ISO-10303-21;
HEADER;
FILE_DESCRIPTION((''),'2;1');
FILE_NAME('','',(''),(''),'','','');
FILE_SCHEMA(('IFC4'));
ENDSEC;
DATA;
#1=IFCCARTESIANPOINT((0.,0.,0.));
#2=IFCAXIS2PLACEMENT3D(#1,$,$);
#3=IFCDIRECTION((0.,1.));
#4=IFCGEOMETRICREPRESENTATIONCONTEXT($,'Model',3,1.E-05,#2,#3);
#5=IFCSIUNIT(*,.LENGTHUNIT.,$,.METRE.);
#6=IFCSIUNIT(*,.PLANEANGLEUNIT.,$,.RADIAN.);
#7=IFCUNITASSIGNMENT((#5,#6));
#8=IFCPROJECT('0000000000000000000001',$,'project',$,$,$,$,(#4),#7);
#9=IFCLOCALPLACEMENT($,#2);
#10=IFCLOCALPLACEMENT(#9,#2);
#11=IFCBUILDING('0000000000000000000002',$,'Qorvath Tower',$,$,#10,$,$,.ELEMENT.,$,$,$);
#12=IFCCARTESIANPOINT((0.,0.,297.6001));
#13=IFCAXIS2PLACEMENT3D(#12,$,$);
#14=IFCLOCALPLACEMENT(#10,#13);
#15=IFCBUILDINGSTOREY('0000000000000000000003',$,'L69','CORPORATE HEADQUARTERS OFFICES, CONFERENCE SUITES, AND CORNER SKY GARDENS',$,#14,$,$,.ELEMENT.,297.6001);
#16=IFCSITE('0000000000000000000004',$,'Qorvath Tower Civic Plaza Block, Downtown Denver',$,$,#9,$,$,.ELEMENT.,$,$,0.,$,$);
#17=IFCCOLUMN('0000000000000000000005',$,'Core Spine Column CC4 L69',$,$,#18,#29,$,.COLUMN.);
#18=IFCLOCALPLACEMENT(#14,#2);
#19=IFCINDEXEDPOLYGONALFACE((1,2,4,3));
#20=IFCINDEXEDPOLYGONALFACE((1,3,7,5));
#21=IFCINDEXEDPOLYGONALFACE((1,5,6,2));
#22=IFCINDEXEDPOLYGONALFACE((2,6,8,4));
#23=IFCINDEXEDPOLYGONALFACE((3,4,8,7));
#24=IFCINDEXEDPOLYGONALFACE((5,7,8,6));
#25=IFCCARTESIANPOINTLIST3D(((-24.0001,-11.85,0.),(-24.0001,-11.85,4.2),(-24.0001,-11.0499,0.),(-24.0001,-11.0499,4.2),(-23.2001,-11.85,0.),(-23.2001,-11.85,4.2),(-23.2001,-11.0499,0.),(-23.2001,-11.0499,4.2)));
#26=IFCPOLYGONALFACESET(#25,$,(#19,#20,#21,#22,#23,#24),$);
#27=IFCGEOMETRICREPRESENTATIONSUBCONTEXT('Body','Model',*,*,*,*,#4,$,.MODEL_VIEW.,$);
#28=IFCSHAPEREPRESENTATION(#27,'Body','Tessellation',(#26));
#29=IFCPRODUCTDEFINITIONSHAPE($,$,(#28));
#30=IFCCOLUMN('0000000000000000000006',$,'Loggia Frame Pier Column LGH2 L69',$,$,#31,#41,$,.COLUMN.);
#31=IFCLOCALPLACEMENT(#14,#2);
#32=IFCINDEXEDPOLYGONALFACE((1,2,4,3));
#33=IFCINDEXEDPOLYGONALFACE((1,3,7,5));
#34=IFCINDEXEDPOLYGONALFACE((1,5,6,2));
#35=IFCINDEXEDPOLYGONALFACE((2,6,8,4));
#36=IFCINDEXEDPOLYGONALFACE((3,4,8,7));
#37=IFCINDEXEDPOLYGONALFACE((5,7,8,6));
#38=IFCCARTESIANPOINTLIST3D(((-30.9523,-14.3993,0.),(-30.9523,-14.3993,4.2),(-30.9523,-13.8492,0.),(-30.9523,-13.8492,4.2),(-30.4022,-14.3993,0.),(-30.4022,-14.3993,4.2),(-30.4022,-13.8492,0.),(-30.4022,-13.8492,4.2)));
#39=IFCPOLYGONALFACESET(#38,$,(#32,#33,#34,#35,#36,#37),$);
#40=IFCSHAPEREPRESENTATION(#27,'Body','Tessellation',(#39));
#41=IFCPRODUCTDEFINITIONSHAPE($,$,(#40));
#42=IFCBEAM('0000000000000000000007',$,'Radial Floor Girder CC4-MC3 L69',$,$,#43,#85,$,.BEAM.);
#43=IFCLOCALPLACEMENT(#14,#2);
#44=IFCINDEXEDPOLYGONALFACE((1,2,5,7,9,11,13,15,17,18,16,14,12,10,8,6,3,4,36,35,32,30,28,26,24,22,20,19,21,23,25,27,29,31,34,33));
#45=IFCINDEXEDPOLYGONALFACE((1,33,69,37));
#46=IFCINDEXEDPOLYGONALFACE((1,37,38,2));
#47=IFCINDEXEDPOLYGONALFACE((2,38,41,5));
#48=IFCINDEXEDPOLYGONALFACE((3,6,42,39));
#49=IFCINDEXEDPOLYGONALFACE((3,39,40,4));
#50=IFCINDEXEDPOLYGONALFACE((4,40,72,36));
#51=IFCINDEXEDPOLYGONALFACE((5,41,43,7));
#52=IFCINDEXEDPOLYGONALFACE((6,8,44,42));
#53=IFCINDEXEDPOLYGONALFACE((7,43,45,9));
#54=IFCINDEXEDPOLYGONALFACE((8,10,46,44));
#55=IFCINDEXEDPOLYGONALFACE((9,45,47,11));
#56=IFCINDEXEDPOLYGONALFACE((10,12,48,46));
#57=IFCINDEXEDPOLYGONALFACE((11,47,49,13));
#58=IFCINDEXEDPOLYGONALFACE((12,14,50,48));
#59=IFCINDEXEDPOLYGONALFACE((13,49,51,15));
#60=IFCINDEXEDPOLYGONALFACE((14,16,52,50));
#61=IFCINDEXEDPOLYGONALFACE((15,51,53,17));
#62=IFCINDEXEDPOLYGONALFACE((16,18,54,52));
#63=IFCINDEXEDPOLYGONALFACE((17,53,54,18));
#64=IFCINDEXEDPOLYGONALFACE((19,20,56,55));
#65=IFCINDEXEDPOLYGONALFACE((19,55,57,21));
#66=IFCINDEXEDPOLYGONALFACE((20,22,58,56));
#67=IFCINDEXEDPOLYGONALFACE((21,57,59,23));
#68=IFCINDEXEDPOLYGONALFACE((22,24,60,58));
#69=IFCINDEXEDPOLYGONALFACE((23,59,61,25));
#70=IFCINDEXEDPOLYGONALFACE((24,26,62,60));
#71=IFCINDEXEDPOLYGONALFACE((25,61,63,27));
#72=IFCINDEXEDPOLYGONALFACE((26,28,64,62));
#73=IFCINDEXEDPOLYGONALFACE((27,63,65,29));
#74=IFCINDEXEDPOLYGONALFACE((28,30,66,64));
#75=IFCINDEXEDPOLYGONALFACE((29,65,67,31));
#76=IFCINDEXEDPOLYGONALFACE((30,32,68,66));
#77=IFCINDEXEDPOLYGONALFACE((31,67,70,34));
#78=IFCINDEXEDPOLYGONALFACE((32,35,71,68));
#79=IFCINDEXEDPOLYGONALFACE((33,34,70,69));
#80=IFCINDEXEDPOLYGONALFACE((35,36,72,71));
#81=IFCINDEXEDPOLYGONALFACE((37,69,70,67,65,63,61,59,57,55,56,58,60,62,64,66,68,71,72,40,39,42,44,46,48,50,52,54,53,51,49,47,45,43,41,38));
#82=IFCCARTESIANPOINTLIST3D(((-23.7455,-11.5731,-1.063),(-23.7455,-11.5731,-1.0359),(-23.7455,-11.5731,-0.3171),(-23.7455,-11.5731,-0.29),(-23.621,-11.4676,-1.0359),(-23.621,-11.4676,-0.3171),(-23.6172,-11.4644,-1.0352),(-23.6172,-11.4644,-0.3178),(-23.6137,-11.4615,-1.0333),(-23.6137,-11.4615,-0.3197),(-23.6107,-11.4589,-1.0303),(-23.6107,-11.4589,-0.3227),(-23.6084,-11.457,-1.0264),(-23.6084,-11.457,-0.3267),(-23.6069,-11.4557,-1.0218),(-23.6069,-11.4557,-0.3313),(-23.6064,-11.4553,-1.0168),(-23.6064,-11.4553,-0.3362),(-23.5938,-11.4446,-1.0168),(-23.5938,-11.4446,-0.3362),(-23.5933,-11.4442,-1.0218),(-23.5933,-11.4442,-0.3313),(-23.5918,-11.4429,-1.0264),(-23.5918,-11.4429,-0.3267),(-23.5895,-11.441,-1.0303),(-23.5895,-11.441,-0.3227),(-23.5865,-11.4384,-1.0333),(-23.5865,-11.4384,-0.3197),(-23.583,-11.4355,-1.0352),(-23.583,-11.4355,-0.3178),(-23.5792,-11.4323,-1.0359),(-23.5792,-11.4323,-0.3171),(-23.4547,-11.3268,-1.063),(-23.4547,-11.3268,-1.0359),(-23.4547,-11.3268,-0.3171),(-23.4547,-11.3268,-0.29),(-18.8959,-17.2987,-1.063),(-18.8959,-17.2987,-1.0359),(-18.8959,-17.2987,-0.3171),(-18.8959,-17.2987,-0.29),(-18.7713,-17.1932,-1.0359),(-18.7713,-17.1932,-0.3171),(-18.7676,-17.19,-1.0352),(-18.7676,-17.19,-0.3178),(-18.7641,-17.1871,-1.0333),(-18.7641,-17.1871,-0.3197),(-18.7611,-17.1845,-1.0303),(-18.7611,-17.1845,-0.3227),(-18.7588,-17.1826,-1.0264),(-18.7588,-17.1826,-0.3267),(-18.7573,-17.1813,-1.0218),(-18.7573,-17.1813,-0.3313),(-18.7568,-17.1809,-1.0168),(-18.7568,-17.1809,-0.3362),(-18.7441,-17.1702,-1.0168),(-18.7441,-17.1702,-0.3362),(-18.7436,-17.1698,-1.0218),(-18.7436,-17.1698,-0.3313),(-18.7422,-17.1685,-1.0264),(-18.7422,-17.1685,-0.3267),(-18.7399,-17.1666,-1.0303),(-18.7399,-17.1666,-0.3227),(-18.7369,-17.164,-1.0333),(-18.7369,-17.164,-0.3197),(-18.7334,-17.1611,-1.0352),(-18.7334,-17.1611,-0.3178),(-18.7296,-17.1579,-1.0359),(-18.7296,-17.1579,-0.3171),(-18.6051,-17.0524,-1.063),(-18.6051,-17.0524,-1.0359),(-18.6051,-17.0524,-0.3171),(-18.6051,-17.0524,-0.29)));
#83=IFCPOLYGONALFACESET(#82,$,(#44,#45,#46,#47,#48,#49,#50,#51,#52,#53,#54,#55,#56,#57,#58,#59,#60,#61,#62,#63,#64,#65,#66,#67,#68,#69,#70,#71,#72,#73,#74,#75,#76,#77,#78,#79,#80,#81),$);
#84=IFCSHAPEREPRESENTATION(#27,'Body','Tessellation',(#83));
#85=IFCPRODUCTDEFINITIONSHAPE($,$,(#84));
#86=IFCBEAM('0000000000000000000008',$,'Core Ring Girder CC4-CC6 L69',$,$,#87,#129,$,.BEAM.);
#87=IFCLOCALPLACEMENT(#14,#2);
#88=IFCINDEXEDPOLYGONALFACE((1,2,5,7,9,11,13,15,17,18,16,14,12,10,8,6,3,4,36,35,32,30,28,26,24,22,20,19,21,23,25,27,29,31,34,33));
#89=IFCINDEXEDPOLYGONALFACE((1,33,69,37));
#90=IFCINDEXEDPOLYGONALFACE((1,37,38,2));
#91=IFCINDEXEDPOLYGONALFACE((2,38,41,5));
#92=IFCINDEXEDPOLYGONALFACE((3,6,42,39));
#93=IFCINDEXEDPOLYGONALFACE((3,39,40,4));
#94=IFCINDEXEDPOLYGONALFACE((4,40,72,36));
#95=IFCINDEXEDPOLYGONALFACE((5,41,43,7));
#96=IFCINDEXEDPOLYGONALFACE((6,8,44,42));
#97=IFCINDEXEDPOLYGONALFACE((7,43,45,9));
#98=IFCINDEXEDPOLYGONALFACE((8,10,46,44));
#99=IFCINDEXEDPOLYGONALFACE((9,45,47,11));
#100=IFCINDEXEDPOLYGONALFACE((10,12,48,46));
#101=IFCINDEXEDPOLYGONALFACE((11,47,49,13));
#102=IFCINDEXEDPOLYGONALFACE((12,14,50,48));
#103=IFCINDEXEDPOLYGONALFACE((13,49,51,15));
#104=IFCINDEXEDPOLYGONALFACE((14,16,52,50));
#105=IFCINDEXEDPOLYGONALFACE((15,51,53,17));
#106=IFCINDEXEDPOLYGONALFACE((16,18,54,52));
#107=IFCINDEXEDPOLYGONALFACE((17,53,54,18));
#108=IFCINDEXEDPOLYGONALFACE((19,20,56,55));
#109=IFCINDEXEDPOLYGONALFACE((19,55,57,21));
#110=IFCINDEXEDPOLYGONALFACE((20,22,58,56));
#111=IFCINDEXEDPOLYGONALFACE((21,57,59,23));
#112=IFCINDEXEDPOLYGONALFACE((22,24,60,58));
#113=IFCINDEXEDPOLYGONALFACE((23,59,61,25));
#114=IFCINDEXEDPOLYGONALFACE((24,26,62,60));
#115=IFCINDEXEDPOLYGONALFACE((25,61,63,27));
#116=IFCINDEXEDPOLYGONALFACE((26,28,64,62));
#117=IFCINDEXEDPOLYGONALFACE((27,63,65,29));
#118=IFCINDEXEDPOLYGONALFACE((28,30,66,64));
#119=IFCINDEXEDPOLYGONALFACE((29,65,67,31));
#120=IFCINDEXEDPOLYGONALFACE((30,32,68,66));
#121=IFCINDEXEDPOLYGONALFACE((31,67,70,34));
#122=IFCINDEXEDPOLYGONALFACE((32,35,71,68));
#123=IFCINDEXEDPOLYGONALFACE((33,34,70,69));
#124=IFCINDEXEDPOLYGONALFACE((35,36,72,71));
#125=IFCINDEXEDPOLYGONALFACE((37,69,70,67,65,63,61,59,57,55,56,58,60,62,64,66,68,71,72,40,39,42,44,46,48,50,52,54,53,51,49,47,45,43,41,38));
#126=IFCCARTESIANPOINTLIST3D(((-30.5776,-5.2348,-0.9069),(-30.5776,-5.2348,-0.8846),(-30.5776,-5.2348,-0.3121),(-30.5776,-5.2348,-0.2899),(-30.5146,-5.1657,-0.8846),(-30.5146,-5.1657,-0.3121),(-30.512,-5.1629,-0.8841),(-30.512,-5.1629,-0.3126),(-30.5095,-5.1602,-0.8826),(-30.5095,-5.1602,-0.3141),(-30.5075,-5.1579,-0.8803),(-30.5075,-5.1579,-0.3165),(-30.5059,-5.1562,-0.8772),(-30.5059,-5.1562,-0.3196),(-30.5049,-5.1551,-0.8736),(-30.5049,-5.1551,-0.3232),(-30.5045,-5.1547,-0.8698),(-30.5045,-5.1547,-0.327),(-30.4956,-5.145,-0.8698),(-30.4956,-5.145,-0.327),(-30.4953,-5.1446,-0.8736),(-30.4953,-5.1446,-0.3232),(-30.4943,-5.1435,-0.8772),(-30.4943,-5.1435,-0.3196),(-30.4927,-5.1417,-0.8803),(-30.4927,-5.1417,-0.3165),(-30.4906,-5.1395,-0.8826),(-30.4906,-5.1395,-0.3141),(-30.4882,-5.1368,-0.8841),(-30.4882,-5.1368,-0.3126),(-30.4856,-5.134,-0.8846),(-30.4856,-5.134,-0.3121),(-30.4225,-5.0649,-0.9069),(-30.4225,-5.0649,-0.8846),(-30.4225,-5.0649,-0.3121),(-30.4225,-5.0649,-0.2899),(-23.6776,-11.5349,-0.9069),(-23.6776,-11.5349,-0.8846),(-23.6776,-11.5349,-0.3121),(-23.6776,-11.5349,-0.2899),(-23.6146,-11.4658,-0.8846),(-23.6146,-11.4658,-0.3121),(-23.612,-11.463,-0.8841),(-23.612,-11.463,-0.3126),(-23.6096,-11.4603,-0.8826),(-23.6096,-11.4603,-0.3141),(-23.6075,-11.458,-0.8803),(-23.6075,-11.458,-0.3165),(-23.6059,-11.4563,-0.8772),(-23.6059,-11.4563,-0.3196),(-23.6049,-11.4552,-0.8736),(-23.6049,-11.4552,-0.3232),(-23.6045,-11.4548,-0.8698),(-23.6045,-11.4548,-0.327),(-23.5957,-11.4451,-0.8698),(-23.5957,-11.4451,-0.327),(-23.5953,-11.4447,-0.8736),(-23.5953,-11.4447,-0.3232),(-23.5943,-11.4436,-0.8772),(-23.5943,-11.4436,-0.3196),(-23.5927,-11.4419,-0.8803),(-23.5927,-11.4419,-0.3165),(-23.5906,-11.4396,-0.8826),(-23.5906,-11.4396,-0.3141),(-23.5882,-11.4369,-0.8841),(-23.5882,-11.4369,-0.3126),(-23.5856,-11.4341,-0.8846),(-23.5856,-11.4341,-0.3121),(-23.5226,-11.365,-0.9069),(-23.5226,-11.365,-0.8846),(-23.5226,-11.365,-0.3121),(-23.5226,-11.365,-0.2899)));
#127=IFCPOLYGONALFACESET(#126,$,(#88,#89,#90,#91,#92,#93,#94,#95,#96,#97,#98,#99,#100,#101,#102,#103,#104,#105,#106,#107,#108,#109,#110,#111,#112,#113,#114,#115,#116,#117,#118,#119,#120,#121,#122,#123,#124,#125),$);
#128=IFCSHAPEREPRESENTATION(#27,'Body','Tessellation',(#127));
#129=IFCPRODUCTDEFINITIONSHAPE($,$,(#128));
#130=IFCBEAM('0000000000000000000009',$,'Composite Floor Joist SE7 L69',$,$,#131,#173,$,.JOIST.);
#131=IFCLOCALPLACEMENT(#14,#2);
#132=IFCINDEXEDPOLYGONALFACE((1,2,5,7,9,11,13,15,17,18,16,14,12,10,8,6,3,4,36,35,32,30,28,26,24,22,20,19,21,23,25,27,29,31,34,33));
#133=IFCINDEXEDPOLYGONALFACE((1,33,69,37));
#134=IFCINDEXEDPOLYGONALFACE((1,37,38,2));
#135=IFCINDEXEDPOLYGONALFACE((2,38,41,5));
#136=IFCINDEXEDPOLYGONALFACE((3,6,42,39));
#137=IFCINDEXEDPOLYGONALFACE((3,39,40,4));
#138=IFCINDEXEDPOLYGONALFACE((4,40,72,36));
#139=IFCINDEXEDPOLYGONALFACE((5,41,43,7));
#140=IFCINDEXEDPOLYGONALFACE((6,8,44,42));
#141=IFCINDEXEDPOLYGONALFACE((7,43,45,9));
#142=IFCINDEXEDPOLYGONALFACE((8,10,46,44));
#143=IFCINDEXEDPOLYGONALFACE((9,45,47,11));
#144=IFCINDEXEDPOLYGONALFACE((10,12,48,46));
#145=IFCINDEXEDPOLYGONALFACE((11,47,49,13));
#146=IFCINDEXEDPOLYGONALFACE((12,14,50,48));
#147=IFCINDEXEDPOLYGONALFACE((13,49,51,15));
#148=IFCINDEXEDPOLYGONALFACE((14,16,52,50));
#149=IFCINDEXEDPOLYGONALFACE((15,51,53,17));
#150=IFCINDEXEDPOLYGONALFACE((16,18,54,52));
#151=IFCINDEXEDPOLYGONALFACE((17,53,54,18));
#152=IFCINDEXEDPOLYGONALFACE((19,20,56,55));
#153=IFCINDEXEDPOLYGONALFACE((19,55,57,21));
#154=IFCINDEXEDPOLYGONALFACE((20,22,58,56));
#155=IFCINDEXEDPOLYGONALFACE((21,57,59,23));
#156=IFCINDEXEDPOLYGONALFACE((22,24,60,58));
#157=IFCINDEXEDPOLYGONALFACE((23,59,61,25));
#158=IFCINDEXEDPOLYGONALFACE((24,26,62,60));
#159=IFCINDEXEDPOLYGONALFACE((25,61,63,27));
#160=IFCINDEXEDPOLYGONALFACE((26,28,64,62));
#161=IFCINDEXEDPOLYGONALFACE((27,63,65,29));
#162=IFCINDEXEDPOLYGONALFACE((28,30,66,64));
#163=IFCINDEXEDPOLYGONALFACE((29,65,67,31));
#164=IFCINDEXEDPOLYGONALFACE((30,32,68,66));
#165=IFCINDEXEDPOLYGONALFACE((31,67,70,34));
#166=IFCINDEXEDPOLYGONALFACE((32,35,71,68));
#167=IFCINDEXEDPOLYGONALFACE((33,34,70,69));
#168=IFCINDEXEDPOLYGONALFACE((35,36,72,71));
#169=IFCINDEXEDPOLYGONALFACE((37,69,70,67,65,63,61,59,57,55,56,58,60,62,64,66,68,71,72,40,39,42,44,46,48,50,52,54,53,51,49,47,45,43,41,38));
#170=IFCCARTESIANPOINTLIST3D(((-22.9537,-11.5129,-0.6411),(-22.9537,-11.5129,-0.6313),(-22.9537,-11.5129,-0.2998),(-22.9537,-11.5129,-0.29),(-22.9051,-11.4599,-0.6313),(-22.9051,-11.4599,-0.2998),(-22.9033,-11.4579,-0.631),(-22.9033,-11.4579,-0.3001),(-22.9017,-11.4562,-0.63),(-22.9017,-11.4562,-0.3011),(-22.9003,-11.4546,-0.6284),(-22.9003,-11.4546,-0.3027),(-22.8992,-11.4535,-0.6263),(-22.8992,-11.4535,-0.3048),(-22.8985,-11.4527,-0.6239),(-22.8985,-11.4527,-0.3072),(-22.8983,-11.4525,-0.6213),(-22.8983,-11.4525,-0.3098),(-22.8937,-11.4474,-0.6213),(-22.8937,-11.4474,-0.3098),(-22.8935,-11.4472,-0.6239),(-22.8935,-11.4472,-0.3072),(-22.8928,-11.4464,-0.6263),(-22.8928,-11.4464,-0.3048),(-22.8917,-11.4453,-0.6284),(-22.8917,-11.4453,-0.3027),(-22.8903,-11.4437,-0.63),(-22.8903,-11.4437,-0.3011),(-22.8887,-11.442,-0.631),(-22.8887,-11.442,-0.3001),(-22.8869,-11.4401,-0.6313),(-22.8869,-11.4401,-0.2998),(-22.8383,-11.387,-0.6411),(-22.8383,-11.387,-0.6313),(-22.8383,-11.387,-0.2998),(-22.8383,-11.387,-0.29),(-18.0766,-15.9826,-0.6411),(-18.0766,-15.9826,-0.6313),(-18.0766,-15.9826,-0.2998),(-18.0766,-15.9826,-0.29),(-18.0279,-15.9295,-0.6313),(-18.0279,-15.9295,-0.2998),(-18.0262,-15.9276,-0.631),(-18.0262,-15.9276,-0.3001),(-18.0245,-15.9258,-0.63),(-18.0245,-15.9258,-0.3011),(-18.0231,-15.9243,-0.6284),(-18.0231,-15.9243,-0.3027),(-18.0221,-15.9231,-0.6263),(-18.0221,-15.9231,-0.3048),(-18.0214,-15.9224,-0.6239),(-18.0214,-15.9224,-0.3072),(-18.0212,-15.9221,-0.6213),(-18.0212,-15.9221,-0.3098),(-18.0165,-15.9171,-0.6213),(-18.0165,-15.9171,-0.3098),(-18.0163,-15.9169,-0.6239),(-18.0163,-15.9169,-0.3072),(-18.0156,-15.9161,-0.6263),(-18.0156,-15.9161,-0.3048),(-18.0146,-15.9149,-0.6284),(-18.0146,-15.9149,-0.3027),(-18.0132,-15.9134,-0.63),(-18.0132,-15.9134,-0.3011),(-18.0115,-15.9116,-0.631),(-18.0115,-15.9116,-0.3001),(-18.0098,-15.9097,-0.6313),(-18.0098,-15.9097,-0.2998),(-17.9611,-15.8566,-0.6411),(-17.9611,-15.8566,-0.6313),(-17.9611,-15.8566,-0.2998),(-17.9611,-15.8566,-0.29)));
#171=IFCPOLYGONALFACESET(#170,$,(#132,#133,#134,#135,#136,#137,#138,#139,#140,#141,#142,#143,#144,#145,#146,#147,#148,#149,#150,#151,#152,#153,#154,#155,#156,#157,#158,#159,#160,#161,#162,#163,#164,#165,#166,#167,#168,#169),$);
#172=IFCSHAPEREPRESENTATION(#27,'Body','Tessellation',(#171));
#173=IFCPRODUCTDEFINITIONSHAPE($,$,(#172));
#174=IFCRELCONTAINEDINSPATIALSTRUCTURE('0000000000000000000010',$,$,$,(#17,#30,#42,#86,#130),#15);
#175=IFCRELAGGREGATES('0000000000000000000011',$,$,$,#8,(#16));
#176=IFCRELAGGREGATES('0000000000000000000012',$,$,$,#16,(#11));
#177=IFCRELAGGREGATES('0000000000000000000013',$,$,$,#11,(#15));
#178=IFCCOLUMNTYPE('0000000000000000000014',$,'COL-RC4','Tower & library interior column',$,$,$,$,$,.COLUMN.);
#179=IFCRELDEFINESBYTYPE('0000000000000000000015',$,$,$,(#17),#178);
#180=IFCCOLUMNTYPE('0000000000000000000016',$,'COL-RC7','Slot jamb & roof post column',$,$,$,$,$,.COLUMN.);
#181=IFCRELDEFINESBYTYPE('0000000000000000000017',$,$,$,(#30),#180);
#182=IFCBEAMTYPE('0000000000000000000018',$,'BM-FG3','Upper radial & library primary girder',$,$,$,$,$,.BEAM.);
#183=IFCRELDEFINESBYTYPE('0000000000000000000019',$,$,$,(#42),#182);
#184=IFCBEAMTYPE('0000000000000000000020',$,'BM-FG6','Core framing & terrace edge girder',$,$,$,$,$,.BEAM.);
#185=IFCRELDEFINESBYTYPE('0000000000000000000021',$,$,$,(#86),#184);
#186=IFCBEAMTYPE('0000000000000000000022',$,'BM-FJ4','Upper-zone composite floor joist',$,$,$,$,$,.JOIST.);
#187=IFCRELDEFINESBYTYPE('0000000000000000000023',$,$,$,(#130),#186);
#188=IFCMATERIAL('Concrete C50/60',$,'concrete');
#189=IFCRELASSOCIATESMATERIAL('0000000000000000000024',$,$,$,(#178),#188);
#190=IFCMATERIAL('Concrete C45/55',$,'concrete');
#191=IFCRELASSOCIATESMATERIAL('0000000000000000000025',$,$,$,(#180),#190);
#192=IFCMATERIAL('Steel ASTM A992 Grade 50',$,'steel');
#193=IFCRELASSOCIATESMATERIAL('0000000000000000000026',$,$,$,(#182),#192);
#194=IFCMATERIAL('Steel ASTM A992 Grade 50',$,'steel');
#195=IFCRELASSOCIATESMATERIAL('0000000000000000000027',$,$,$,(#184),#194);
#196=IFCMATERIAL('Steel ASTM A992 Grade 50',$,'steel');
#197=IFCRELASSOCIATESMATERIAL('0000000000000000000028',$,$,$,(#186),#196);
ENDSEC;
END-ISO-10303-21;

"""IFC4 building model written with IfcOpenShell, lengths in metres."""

from ifc_helpers import new_model, si_unit, direction, frame, origin, origin_2d, place, context, subcontext, project, spatial, rectangle, i_section, extrude, material, material_profile, profile_set, type_object, element, save


model = new_model("IFC4")

# Units and contexts
model_context = context("Model", 3, precision=1e-05, world=origin(), true_north=direction((0.0, 1.0)))
body_context = subcontext(model_context, "Body", "Model", "MODEL_VIEW")
ifc_project = project(units=[si_unit("LENGTHUNIT", "METRE"), si_unit("PLANEANGLEUNIT", "RADIAN")], contexts=[model_context])

# Site, building, storey
site_placement = place(None, origin())
site = spatial("IfcSite", under=ifc_project, at=site_placement, Name="Qorvath Tower Civic Plaza Block, Downtown Denver", CompositionType="ELEMENT", RefElevation=0.0)
building_placement = place(site_placement, origin())
building = spatial("IfcBuilding", under=site, at=building_placement, Name="Qorvath Tower", CompositionType="ELEMENT")
storey_placement = place(building_placement, frame((0.0, 0.0, 297.6001)))
storey = spatial("IfcBuildingStorey", under=building, at=storey_placement, Name="L69", Description="CORPORATE HEADQUARTERS OFFICES, CONFERENCE SUITES, AND CORNER SKY GARDENS", CompositionType="ELEMENT", Elevation=297.6001)

# Columns
ifc_material_1 = material(Name="Concrete C50/60", Category="concrete")
ifc_material_profile_1 = material_profile(ifc_material_1, rectangle(XDim=0.8, YDim=0.8, at=origin_2d()), Name="RC 800x800")
ifc_profile_set_1 = profile_set([ifc_material_profile_1], Name="Concrete C50/60")
column_type_1 = type_object("IfcColumnType", Name="COL-RC4", Description="Tower & library interior column", PredefinedType="COLUMN", material=ifc_profile_set_1)
column_1_placement = place(storey_placement, frame((-23.6001, -11.45, 0.0), z_axis=(0.0, 0.0, 1.0), x_axis=(1.0, 0.0, 0.0)))
element("IfcColumn", 1, at=column_1_placement, inside=storey, type_object=column_type_1, Name="Core Spine Column CC4 L69", PredefinedType="COLUMN", context=body_context, shape_type="SweptSolid", body=[
    extrude(rectangle(XDim=0.8, YDim=0.8, at=origin_2d()), origin(), (0.0, 0.0, 1.0), 4.2),
])
ifc_material_2 = material(Name="Concrete C45/55", Category="concrete")
ifc_material_profile_2 = material_profile(ifc_material_2, rectangle(XDim=0.55, YDim=0.55, at=origin_2d()), Name="RC 550x550")
ifc_profile_set_2 = profile_set([ifc_material_profile_2], Name="Concrete C45/55")
column_type_2 = type_object("IfcColumnType", Name="COL-RC7", Description="Slot jamb & roof post column", PredefinedType="COLUMN", material=ifc_profile_set_2)
column_2_placement = place(storey_placement, frame((-30.6772, -14.1243, 0.0), z_axis=(0.0, 0.0, 1.0), x_axis=(1.0, 0.0, 0.0)))
element("IfcColumn", 2, at=column_2_placement, inside=storey, type_object=column_type_2, Name="Loggia Frame Pier Column LGH2 L69", PredefinedType="COLUMN", context=body_context, shape_type="SweptSolid", body=[
    extrude(rectangle(XDim=0.55, YDim=0.55, at=origin_2d()), origin(), (0.0, 0.0, 1.0), 4.2),
])

# Beams
ifc_material_3 = material(Name="Steel ASTM A992 Grade 50", Category="steel")
ifc_material_profile_3 = material_profile(ifc_material_3, i_section(OverallWidth=0.3811, OverallDepth=0.7729, WebThickness=0.0166, FlangeThickness=0.0271, FilletRadius=0.019, at=origin_2d()), Name="W30x173")
ifc_profile_set_3 = profile_set([ifc_material_profile_3], Name="Steel ASTM A992 Grade 50")
beam_type_1 = type_object("IfcBeamType", Name="BM-FG3", Description="Upper radial & library primary girder", PredefinedType="BEAM", material=ifc_profile_set_3)
beam_1_placement = place(storey_placement, frame((-23.6001, -11.45, -0.6765), z_axis=(0.646321, -0.763065, 0.0), x_axis=(0.763065, 0.646321, 0.0)))
element("IfcBeam", 3, at=beam_1_placement, inside=storey, type_object=beam_type_1, Name="Radial Floor Girder CC4-MC3 L69", PredefinedType="BEAM", context=body_context, shape_type="SweptSolid", body=[
    extrude(i_section(OverallWidth=0.3811, OverallDepth=0.7729, WebThickness=0.0166, FlangeThickness=0.0271, FilletRadius=0.019, at=origin_2d()), origin(), (0.0, 0.0, 1.0), 7.5034),
])
ifc_material_4 = material(Name="Steel ASTM A992 Grade 50", Category="steel")
ifc_material_profile_4 = material_profile(ifc_material_4, i_section(OverallWidth=0.23, OverallDepth=0.6169, WebThickness=0.0132, FlangeThickness=0.0222, FilletRadius=0.0149, at=origin_2d()), Name="W24x94")
ifc_profile_set_4 = profile_set([ifc_material_profile_4], Name="Steel ASTM A992 Grade 50")
beam_type_2 = type_object("IfcBeamType", Name="BM-FG6", Description="Core framing & terrace edge girder", PredefinedType="BEAM", material=ifc_profile_set_4)
beam_2_placement = place(storey_placement, frame((-23.6001, -11.45, -0.5984), z_axis=(-0.738478, 0.674277, 0.0), x_axis=(-0.674277, -0.738478, 0.0)))
element("IfcBeam", 4, at=beam_2_placement, inside=storey, type_object=beam_type_2, Name="Core Ring Girder CC4-CC6 L69", PredefinedType="BEAM", context=body_context, shape_type="SweptSolid", body=[
    extrude(i_section(OverallWidth=0.23, OverallDepth=0.6169, WebThickness=0.0132, FlangeThickness=0.0222, FilletRadius=0.0149, at=origin_2d()), origin(), (0.0, 0.0, 1.0), 9.3435),
])
ifc_material_5 = material(Name="Steel ASTM A992 Grade 50", Category="steel")
ifc_material_profile_5 = material_profile(ifc_material_5, i_section(OverallWidth=0.1709, OverallDepth=0.3511, WebThickness=0.0068, FlangeThickness=0.0098, FilletRadius=0.01, at=origin_2d()), Name="W14x30")
ifc_profile_set_5 = profile_set([ifc_material_profile_5], Name="Steel ASTM A992 Grade 50")
beam_type_3 = type_object("IfcBeamType", Name="BM-FJ4", Description="Upper-zone composite floor joist", PredefinedType="JOIST", material=ifc_profile_set_5)
beam_3_placement = place(storey_placement, frame((-22.896, -11.45, -0.4656), z_axis=(0.737232, -0.675639, 0.0), x_axis=(0.675639, 0.737232, 0.0)))
element("IfcBeam", 5, at=beam_3_placement, inside=storey, type_object=beam_type_3, Name="Composite Floor Joist SE7 L69", PredefinedType="JOIST", context=body_context, shape_type="SweptSolid", body=[
    extrude(i_section(OverallWidth=0.1709, OverallDepth=0.3511, WebThickness=0.0068, FlangeThickness=0.0098, FilletRadius=0.01, at=origin_2d()), origin(), (0.0, 0.0, 1.0), 6.6155),
])

save(model, "model.ifc")
